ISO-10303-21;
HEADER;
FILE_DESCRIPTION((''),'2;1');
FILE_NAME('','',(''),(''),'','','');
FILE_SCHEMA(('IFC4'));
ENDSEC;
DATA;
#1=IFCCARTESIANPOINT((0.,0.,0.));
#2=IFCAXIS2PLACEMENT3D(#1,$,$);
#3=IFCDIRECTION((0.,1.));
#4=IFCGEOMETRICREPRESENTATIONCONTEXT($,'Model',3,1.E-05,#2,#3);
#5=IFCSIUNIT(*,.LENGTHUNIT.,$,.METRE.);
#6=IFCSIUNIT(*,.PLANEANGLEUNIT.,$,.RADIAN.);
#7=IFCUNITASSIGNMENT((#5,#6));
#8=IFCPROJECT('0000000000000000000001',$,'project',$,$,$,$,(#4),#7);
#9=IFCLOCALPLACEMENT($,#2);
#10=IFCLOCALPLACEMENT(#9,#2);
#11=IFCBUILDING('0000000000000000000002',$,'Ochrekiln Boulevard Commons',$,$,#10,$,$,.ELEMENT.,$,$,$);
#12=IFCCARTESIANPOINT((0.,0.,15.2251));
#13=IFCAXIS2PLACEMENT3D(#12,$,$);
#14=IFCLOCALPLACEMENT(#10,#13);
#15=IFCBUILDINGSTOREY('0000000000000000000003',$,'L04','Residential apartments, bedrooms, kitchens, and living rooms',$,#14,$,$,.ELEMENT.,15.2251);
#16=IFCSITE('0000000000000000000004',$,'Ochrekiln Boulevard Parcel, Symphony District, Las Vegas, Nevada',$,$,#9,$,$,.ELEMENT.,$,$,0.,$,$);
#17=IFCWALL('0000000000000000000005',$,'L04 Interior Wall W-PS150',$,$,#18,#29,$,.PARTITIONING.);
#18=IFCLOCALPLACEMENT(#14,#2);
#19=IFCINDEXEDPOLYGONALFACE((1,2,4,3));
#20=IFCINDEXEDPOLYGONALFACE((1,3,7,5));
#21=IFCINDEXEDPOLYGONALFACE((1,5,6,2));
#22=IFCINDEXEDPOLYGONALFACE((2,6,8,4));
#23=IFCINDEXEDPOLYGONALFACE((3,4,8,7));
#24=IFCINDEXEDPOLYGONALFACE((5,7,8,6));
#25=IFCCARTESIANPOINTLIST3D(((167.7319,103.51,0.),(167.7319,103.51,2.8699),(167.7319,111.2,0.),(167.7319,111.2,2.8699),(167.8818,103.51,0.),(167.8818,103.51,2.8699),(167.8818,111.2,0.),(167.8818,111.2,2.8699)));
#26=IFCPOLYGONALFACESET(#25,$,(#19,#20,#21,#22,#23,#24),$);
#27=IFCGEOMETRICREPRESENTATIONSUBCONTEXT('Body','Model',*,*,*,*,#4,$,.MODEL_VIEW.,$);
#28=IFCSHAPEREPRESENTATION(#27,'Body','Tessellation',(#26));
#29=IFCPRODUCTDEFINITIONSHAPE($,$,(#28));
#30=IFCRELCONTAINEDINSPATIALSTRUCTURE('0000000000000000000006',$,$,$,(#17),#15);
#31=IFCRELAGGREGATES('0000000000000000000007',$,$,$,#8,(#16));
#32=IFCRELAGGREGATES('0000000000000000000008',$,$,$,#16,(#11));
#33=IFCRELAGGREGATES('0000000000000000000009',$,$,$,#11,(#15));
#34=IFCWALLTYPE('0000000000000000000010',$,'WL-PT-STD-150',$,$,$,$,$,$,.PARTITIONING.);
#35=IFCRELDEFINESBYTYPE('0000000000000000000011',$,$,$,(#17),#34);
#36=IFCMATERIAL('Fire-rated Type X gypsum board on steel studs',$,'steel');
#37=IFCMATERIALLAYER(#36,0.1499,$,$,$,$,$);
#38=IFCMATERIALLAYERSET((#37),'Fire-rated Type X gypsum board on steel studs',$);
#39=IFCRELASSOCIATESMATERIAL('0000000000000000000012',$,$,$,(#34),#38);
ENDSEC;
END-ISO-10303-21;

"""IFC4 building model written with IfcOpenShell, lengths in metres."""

from ifc_helpers import new_model, si_unit, direction, frame, frame_2d, origin, place, context, subcontext, project, spatial, rectangle, extrude, material, layer, layer_set, type_object, element, save


model = new_model("IFC4")

# Units and contexts
model_context = context("Model", 3, precision=1e-05, world=origin(), true_north=direction((0.0, 1.0)))
body_context = subcontext(model_context, "Body", "Model", "MODEL_VIEW")
ifc_project = project(units=[si_unit("LENGTHUNIT", "METRE"), si_unit("PLANEANGLEUNIT", "RADIAN")], contexts=[model_context])

# Site, building, storey
site_placement = place(None, origin())
site = spatial("IfcSite", under=ifc_project, at=site_placement, Name="Ochrekiln Boulevard Parcel, Symphony District, Las Vegas, Nevada", CompositionType="ELEMENT", RefElevation=0.0)
building_placement = place(site_placement, origin())
building = spatial("IfcBuilding", under=site, at=building_placement, Name="Ochrekiln Boulevard Commons", CompositionType="ELEMENT")
storey_placement = place(building_placement, frame((0.0, 0.0, 15.2251)))
storey = spatial("IfcBuildingStorey", under=building, at=storey_placement, Name="L04", Description="Residential apartments, bedrooms, kitchens, and living rooms", CompositionType="ELEMENT", Elevation=15.2251)

# Shared definitions
ifc_material_1 = material(Name="Fire-rated Type X gypsum board on steel studs", Category="steel")

# Shared definitions
ifc_layer_1 = layer(ifc_material_1, 0.1499)
ifc_layer_set_1 = layer_set([ifc_layer_1], Name="Fire-rated Type X gypsum board on steel studs")
wall_type_1 = type_object("IfcWallType", Name="WL-PT-STD-150", PredefinedType="PARTITIONING", material=ifc_layer_set_1)

# Wall
wall_1_placement = place(storey_placement, frame((167.8069, 103.51, 0.0), z_axis=(0.0, 0.0, 1.0), x_axis=(0.0, 1.0, 0.0)))
element("IfcWall", 1, at=wall_1_placement, inside=storey, type_object=wall_type_1, Name="L04 Interior Wall W-PS150", PredefinedType="PARTITIONING", context=body_context, shape_type="SweptSolid", body=[
    extrude(rectangle(XDim=7.6899, YDim=0.1499, at=frame_2d((3.845, 0.0))), origin(), (0.0, 0.0, 1.0), 2.8699),
])

save(model, "model.ifc")
